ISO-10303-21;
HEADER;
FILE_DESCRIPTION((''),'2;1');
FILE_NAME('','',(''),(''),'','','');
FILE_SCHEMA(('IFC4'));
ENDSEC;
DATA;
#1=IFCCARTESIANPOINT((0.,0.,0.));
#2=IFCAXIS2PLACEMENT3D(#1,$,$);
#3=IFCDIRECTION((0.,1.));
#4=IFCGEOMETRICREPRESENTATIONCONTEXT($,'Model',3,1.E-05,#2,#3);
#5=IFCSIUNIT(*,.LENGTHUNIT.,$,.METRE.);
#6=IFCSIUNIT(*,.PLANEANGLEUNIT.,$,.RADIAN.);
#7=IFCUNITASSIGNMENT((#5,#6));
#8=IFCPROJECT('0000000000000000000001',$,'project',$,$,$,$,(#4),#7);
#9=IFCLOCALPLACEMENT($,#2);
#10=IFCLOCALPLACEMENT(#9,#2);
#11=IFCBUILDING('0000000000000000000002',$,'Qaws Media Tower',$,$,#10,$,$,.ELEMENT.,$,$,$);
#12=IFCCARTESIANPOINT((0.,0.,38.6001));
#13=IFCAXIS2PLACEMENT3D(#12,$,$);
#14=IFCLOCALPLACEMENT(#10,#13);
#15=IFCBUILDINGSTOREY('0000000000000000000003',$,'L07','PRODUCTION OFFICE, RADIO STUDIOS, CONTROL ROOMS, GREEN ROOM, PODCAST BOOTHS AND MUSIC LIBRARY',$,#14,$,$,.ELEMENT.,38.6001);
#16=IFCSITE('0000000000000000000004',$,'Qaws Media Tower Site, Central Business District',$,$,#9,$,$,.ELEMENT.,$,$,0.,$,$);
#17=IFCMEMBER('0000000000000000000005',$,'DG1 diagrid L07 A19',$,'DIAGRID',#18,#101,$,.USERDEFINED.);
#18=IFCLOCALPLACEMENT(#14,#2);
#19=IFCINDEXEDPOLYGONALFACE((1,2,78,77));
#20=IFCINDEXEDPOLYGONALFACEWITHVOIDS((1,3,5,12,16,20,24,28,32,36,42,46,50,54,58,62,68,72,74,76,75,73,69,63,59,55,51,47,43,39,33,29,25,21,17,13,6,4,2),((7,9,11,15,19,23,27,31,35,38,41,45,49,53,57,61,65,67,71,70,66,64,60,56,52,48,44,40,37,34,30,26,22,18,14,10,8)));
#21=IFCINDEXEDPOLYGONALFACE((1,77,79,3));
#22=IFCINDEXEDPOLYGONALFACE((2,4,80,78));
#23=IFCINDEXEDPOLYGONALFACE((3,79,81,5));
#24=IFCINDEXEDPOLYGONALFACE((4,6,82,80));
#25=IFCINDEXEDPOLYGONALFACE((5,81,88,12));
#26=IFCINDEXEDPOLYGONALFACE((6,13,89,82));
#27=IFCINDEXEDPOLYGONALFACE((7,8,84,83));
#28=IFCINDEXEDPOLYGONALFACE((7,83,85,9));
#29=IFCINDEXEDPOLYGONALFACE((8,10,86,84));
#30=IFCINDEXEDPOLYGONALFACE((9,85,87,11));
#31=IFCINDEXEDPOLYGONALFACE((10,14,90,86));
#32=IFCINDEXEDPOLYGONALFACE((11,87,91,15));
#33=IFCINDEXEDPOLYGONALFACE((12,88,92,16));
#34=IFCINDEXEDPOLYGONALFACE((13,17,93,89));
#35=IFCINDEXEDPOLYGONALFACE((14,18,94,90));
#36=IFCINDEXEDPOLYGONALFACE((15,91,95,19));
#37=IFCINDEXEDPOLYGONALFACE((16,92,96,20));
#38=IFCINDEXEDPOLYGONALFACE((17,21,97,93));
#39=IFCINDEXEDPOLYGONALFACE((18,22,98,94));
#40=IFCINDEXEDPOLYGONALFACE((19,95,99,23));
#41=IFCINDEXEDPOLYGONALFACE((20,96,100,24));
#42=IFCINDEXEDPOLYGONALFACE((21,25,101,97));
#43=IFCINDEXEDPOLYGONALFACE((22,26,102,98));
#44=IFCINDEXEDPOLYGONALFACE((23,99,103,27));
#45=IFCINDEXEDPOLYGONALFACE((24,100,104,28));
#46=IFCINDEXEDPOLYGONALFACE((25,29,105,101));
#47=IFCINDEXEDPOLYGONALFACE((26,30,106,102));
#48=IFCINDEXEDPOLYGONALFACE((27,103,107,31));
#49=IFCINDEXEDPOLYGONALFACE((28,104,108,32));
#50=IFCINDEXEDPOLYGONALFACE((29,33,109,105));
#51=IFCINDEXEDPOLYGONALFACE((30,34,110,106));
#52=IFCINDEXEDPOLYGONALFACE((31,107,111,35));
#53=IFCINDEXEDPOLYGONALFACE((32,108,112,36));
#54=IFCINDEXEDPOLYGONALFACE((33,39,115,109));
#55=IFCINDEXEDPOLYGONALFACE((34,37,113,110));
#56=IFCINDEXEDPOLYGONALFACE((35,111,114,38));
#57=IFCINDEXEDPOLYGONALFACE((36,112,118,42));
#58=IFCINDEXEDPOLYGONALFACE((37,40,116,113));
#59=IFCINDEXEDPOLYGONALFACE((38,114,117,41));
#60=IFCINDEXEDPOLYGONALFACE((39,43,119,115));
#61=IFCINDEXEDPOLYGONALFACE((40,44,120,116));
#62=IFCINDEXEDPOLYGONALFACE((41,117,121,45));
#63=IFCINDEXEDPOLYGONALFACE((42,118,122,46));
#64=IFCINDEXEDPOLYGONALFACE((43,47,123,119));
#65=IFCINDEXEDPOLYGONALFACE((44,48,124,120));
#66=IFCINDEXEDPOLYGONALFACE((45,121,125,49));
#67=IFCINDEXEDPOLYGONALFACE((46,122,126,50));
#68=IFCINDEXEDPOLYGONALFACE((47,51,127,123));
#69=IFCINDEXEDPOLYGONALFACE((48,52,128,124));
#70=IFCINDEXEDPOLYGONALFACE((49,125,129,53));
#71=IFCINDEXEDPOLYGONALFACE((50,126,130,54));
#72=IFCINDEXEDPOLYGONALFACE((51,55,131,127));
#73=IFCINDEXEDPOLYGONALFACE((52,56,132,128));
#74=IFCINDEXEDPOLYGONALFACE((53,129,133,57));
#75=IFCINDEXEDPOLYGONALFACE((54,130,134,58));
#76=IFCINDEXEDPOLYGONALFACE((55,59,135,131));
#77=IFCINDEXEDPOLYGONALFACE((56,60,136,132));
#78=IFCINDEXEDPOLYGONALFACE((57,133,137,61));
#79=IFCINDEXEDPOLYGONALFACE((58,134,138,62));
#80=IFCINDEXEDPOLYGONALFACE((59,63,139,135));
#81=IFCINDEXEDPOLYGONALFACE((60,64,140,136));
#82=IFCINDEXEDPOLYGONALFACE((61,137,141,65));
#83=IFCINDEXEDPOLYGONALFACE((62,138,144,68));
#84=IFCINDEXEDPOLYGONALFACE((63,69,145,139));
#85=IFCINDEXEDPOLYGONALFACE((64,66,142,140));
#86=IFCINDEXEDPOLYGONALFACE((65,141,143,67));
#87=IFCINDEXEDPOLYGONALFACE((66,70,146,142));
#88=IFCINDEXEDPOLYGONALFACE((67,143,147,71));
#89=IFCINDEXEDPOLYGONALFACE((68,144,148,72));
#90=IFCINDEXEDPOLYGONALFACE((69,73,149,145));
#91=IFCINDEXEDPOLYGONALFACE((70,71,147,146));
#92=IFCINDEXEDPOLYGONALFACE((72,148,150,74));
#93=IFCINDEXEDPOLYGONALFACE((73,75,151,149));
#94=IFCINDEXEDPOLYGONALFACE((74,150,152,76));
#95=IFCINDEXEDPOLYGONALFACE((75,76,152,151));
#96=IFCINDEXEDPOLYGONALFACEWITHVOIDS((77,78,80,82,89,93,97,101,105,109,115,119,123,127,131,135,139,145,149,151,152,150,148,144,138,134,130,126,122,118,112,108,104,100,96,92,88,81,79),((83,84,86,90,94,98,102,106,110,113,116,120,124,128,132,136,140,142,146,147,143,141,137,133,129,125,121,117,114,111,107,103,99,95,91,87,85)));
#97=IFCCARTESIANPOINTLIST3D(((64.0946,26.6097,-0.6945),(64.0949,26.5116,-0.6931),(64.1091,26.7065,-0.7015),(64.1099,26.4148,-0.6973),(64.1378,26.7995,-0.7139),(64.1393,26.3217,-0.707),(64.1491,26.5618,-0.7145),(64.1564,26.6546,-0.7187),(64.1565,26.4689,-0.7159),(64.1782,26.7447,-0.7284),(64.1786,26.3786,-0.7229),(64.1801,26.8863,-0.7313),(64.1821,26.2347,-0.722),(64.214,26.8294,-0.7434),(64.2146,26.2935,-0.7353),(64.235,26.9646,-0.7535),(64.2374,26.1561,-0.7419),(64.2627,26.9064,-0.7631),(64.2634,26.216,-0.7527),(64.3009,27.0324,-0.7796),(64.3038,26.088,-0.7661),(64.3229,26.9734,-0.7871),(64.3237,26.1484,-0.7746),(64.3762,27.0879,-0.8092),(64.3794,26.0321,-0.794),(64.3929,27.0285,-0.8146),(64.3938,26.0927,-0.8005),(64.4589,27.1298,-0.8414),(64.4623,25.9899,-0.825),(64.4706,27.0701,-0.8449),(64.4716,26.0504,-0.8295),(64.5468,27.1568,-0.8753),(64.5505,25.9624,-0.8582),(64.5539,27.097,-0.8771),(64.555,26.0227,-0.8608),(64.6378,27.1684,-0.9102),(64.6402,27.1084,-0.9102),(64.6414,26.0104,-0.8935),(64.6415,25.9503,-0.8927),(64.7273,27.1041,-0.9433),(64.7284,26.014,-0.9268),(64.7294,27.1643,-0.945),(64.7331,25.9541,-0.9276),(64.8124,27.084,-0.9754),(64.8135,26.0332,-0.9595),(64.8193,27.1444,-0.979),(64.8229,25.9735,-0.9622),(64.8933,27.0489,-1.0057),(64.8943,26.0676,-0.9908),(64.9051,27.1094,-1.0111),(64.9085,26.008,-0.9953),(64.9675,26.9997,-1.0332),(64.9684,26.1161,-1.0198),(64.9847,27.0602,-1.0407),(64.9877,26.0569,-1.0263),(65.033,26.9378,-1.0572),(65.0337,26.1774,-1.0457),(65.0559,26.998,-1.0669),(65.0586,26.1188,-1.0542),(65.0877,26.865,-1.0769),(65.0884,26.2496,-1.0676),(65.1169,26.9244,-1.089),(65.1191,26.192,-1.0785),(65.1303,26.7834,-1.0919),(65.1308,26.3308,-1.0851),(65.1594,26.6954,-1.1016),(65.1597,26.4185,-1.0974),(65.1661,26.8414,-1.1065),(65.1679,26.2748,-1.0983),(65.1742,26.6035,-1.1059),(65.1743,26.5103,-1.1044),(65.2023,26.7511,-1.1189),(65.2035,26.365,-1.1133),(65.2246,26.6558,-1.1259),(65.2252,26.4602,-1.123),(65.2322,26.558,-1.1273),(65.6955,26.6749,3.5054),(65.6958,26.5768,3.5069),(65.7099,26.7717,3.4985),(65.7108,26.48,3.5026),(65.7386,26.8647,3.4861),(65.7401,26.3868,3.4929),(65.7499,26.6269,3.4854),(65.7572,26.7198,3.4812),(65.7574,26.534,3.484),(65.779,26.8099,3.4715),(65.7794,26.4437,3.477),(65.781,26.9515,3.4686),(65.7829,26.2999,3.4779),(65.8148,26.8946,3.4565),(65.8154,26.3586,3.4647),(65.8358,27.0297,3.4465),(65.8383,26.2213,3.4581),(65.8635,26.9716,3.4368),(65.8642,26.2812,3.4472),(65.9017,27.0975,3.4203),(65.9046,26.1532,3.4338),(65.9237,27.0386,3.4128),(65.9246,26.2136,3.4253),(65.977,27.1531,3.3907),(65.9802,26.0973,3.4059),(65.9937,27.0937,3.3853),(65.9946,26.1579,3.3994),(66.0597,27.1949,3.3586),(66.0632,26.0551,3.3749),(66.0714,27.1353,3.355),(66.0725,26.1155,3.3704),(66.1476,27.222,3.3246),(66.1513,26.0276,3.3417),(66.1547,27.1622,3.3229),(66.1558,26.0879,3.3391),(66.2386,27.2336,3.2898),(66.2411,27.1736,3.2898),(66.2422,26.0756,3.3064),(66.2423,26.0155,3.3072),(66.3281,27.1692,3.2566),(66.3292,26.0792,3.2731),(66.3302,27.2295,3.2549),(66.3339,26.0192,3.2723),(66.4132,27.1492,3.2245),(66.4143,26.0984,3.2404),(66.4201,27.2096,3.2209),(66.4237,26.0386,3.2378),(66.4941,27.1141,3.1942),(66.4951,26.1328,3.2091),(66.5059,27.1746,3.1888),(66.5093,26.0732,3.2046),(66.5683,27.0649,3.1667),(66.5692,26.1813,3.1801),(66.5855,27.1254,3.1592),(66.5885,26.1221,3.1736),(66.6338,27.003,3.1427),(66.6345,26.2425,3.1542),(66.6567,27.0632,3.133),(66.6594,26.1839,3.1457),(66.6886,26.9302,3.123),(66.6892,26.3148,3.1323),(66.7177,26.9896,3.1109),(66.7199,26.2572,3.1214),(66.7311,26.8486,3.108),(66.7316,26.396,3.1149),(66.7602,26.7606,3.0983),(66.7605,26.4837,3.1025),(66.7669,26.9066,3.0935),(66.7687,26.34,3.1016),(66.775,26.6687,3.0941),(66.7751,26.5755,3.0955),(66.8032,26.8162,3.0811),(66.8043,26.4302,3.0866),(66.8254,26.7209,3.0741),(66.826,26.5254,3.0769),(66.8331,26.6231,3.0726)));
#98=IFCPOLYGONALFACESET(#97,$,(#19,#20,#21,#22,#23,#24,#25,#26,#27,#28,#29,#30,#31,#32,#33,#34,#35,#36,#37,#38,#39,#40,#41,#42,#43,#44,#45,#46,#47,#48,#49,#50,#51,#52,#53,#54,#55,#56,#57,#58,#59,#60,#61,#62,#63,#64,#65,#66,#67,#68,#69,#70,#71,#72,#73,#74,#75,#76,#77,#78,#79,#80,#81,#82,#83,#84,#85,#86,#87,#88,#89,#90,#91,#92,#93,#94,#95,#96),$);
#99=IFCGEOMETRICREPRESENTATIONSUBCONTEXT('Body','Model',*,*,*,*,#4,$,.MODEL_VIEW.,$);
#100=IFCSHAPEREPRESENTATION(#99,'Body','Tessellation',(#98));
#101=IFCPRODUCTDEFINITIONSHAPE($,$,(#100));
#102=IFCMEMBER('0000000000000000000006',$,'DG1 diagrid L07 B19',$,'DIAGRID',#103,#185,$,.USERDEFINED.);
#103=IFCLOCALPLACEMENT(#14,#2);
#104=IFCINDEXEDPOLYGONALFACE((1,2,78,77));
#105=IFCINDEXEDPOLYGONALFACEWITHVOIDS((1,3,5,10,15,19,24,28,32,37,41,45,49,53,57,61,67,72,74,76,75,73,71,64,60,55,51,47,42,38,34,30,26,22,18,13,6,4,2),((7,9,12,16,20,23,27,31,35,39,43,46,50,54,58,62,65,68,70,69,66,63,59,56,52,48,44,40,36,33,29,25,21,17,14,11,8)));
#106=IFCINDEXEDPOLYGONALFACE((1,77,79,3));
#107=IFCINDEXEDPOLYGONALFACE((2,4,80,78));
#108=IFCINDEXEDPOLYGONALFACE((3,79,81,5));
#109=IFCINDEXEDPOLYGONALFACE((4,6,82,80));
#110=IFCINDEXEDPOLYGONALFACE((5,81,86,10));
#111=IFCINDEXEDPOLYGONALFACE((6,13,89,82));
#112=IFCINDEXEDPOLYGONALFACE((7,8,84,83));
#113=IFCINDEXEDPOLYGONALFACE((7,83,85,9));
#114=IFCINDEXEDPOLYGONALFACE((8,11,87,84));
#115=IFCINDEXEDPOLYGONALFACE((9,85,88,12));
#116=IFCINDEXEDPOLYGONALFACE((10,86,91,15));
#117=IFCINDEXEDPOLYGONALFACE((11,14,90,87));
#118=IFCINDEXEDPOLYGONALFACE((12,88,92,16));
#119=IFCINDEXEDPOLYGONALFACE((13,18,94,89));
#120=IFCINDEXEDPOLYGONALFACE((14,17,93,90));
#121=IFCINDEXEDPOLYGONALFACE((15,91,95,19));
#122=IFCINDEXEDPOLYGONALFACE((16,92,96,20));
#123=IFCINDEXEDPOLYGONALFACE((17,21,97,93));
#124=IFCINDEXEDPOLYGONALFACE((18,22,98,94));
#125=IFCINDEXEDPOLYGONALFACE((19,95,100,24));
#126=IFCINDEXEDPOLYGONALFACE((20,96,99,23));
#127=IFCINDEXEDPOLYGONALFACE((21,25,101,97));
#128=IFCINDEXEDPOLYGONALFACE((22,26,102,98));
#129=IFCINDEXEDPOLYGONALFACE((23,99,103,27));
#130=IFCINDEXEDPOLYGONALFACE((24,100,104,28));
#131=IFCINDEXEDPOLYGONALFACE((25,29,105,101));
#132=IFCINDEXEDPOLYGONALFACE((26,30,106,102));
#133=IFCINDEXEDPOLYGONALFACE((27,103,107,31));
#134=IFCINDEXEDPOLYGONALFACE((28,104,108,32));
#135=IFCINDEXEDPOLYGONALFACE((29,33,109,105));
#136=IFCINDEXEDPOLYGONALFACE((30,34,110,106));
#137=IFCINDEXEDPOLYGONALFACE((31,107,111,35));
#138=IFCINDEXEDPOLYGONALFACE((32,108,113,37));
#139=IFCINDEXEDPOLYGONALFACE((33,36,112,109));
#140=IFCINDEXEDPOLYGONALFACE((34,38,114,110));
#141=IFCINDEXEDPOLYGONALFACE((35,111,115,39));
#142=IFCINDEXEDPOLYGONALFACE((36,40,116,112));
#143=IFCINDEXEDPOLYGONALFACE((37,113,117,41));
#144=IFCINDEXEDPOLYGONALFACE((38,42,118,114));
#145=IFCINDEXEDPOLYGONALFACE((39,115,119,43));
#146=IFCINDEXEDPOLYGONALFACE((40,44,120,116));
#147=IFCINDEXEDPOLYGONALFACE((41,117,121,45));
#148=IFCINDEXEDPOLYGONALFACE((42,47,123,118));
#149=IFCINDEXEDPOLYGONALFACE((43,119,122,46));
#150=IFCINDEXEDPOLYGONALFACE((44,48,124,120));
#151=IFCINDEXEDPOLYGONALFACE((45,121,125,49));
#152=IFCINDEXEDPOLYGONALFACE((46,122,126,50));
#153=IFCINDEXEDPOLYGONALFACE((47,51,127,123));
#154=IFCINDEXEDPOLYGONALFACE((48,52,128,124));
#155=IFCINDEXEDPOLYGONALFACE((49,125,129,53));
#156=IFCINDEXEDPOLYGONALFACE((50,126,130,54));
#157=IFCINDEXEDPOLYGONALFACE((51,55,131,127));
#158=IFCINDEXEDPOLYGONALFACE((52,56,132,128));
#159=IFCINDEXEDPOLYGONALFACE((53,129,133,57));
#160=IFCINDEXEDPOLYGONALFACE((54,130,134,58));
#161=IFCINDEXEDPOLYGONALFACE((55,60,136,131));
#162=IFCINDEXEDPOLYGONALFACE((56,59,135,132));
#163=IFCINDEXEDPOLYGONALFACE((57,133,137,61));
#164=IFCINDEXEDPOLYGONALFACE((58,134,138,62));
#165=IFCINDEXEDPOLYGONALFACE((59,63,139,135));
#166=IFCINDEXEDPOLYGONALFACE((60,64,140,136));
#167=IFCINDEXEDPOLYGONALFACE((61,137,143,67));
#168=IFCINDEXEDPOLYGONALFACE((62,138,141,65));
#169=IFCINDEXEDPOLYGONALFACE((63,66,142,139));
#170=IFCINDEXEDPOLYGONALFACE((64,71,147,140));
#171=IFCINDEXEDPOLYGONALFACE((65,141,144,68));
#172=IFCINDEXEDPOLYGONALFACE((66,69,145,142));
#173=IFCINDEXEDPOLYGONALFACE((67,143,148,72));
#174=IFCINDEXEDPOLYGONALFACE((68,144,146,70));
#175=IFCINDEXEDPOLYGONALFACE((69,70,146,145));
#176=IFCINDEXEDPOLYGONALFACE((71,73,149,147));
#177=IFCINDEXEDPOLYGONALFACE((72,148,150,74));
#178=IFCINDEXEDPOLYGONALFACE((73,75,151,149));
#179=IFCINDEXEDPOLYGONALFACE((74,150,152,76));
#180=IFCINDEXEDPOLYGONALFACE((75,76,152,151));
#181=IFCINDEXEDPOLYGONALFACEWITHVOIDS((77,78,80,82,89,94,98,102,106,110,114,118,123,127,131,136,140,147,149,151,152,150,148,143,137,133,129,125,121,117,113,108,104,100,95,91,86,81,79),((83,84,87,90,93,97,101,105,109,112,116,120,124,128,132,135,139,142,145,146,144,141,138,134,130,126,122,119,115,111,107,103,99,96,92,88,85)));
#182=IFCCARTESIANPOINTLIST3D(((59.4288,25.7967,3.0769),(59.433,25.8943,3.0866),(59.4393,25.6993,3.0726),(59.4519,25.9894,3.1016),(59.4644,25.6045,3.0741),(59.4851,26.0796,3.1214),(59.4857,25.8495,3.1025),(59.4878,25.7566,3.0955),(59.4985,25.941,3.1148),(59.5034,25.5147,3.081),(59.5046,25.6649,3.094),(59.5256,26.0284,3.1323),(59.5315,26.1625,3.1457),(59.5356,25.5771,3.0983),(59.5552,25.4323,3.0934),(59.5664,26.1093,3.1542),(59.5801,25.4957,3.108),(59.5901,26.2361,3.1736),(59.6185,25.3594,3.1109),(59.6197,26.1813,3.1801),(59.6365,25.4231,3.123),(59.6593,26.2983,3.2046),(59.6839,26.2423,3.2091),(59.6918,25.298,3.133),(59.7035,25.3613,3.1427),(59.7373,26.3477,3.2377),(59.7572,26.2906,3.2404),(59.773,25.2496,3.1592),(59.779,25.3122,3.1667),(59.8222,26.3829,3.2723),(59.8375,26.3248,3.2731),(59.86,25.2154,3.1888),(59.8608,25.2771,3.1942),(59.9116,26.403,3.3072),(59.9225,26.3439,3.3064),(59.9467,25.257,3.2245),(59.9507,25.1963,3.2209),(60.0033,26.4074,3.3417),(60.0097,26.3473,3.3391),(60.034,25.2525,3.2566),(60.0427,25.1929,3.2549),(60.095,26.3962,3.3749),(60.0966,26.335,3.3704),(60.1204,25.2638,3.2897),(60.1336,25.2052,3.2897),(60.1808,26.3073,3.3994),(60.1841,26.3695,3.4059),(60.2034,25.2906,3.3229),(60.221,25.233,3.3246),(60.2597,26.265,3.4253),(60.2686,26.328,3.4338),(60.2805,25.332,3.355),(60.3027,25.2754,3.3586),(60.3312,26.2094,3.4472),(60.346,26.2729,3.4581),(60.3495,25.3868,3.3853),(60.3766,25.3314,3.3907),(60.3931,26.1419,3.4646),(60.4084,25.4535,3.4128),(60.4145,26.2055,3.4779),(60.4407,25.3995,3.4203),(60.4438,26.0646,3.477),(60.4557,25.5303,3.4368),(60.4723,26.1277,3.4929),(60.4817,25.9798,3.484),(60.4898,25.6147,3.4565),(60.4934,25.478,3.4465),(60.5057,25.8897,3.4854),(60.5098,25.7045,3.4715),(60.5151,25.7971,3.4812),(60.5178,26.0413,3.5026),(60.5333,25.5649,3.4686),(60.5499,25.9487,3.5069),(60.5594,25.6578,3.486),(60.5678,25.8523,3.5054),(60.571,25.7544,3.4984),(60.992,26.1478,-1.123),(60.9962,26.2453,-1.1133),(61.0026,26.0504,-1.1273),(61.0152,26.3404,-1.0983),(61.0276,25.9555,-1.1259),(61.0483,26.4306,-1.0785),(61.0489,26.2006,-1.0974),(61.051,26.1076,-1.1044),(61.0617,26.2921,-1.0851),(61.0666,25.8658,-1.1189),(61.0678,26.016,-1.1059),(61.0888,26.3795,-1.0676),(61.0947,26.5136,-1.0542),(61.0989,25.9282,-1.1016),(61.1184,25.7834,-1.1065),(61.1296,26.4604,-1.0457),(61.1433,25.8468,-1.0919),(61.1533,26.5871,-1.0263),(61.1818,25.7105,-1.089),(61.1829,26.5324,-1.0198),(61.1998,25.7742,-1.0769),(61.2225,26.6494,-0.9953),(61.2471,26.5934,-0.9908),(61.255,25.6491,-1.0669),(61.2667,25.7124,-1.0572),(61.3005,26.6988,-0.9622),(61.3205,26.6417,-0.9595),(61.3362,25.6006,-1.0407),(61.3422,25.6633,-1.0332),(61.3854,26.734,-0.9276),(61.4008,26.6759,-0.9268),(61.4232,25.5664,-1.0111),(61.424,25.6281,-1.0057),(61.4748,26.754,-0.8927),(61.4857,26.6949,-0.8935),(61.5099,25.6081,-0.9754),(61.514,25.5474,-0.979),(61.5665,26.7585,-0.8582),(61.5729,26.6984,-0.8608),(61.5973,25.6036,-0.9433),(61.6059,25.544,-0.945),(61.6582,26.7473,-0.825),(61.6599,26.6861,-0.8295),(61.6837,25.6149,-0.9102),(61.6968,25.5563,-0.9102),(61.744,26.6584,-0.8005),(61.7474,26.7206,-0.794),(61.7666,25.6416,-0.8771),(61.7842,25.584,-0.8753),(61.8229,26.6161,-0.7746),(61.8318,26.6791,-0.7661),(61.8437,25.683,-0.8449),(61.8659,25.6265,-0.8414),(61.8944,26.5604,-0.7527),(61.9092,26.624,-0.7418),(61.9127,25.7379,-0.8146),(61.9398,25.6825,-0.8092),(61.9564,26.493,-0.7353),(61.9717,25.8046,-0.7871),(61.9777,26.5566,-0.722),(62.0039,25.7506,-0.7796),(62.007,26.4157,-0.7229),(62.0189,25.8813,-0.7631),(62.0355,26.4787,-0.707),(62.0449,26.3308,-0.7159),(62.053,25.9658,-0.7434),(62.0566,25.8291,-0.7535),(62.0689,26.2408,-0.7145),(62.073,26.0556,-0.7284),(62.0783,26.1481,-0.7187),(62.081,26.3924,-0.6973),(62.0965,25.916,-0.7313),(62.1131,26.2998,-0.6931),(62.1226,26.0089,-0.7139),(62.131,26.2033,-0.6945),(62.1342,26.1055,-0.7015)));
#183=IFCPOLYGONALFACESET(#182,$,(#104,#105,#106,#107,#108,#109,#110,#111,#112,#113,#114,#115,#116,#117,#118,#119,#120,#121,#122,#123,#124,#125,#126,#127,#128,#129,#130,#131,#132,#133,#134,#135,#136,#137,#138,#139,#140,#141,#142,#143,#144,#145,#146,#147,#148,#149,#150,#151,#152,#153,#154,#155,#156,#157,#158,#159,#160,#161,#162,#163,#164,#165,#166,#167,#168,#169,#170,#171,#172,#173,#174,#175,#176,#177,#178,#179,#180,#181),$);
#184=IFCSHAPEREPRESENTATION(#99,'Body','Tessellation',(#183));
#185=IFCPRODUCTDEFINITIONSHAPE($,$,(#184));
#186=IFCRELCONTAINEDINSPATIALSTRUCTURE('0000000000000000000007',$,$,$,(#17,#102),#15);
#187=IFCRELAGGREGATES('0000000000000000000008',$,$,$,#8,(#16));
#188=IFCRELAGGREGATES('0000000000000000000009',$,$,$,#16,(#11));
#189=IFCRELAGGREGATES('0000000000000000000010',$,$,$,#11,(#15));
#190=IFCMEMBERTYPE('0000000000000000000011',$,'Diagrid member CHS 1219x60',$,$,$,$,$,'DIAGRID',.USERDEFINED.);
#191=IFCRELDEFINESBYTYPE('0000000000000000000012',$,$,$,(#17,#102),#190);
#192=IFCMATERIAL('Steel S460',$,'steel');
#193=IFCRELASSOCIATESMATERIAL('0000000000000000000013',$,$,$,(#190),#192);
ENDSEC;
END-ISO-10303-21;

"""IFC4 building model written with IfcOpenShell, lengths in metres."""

from ifc_helpers import new_model, si_unit, direction, frame, origin, origin_2d, place, context, subcontext, project, spatial, hollow_circle, extrude, material, material_profile, profile_set, type_object, element, save


model = new_model("IFC4")

# Units and contexts
model_context = context("Model", 3, precision=1e-05, world=origin(), true_north=direction((0.0, 1.0)))
body_context = subcontext(model_context, "Body", "Model", "MODEL_VIEW")
ifc_project = project(units=[si_unit("LENGTHUNIT", "METRE"), si_unit("PLANEANGLEUNIT", "RADIAN")], contexts=[model_context])

# Site, building, storey
site_placement = place(None, origin())
site = spatial("IfcSite", under=ifc_project, at=site_placement, Name="Qaws Media Tower Site, Central Business District", CompositionType="ELEMENT", RefElevation=0.0)
building_placement = place(site_placement, origin())
building = spatial("IfcBuilding", under=site, at=building_placement, Name="Qaws Media Tower", CompositionType="ELEMENT")
storey_placement = place(building_placement, frame((0.0, 0.0, 38.6001)))
storey = spatial("IfcBuildingStorey", under=building, at=storey_placement, Name="L07", Description="PRODUCTION OFFICE, RADIO STUDIOS, CONTROL ROOMS, GREEN ROOM, PODCAST BOOTHS AND MUSIC LIBRARY", CompositionType="ELEMENT", Elevation=38.6001)

# Members
ifc_material_1 = material(Name="Steel S460", Category="steel")
ifc_material_profile_1 = material_profile(ifc_material_1, hollow_circle(Radius=0.6096, WallThickness=0.0601, at=origin_2d()), Name="CHS 1219x60")
ifc_profile_set_1 = profile_set([ifc_material_profile_1], Name="Steel S460")
member_type_1 = type_object("IfcMemberType", Name="Diagrid member CHS 1219x60", ElementType="DIAGRID", PredefinedType="USERDEFINED", material=ifc_profile_set_1)
for number, where, z_axis, x_axis, name in (
    (1, (64.6626, 26.5593, -0.9102), (0.356123, 0.014501, 0.934327), (-0.040686, 0.999172, 0.0), "DG1 diagrid L07 A19"),
    (2, (61.5632, 26.1511, -0.9102), (-0.347758, -0.0781, 0.934326), (0.219124, -0.975697, 0.0), "DG1 diagrid L07 B19"),
):
    element("IfcMember", number, at=place(storey_placement, frame(where, z_axis=z_axis, x_axis=x_axis)), inside=storey, type_object=member_type_1, Name=name, ObjectType="DIAGRID", PredefinedType="USERDEFINED", context=body_context, shape_type="SweptSolid", body=[
        extrude(hollow_circle(Radius=0.6096, WallThickness=0.0601, at=origin_2d()), origin(), (0.0, 0.0, 1.0), 4.4951),
    ])

save(model, "model.ifc")
